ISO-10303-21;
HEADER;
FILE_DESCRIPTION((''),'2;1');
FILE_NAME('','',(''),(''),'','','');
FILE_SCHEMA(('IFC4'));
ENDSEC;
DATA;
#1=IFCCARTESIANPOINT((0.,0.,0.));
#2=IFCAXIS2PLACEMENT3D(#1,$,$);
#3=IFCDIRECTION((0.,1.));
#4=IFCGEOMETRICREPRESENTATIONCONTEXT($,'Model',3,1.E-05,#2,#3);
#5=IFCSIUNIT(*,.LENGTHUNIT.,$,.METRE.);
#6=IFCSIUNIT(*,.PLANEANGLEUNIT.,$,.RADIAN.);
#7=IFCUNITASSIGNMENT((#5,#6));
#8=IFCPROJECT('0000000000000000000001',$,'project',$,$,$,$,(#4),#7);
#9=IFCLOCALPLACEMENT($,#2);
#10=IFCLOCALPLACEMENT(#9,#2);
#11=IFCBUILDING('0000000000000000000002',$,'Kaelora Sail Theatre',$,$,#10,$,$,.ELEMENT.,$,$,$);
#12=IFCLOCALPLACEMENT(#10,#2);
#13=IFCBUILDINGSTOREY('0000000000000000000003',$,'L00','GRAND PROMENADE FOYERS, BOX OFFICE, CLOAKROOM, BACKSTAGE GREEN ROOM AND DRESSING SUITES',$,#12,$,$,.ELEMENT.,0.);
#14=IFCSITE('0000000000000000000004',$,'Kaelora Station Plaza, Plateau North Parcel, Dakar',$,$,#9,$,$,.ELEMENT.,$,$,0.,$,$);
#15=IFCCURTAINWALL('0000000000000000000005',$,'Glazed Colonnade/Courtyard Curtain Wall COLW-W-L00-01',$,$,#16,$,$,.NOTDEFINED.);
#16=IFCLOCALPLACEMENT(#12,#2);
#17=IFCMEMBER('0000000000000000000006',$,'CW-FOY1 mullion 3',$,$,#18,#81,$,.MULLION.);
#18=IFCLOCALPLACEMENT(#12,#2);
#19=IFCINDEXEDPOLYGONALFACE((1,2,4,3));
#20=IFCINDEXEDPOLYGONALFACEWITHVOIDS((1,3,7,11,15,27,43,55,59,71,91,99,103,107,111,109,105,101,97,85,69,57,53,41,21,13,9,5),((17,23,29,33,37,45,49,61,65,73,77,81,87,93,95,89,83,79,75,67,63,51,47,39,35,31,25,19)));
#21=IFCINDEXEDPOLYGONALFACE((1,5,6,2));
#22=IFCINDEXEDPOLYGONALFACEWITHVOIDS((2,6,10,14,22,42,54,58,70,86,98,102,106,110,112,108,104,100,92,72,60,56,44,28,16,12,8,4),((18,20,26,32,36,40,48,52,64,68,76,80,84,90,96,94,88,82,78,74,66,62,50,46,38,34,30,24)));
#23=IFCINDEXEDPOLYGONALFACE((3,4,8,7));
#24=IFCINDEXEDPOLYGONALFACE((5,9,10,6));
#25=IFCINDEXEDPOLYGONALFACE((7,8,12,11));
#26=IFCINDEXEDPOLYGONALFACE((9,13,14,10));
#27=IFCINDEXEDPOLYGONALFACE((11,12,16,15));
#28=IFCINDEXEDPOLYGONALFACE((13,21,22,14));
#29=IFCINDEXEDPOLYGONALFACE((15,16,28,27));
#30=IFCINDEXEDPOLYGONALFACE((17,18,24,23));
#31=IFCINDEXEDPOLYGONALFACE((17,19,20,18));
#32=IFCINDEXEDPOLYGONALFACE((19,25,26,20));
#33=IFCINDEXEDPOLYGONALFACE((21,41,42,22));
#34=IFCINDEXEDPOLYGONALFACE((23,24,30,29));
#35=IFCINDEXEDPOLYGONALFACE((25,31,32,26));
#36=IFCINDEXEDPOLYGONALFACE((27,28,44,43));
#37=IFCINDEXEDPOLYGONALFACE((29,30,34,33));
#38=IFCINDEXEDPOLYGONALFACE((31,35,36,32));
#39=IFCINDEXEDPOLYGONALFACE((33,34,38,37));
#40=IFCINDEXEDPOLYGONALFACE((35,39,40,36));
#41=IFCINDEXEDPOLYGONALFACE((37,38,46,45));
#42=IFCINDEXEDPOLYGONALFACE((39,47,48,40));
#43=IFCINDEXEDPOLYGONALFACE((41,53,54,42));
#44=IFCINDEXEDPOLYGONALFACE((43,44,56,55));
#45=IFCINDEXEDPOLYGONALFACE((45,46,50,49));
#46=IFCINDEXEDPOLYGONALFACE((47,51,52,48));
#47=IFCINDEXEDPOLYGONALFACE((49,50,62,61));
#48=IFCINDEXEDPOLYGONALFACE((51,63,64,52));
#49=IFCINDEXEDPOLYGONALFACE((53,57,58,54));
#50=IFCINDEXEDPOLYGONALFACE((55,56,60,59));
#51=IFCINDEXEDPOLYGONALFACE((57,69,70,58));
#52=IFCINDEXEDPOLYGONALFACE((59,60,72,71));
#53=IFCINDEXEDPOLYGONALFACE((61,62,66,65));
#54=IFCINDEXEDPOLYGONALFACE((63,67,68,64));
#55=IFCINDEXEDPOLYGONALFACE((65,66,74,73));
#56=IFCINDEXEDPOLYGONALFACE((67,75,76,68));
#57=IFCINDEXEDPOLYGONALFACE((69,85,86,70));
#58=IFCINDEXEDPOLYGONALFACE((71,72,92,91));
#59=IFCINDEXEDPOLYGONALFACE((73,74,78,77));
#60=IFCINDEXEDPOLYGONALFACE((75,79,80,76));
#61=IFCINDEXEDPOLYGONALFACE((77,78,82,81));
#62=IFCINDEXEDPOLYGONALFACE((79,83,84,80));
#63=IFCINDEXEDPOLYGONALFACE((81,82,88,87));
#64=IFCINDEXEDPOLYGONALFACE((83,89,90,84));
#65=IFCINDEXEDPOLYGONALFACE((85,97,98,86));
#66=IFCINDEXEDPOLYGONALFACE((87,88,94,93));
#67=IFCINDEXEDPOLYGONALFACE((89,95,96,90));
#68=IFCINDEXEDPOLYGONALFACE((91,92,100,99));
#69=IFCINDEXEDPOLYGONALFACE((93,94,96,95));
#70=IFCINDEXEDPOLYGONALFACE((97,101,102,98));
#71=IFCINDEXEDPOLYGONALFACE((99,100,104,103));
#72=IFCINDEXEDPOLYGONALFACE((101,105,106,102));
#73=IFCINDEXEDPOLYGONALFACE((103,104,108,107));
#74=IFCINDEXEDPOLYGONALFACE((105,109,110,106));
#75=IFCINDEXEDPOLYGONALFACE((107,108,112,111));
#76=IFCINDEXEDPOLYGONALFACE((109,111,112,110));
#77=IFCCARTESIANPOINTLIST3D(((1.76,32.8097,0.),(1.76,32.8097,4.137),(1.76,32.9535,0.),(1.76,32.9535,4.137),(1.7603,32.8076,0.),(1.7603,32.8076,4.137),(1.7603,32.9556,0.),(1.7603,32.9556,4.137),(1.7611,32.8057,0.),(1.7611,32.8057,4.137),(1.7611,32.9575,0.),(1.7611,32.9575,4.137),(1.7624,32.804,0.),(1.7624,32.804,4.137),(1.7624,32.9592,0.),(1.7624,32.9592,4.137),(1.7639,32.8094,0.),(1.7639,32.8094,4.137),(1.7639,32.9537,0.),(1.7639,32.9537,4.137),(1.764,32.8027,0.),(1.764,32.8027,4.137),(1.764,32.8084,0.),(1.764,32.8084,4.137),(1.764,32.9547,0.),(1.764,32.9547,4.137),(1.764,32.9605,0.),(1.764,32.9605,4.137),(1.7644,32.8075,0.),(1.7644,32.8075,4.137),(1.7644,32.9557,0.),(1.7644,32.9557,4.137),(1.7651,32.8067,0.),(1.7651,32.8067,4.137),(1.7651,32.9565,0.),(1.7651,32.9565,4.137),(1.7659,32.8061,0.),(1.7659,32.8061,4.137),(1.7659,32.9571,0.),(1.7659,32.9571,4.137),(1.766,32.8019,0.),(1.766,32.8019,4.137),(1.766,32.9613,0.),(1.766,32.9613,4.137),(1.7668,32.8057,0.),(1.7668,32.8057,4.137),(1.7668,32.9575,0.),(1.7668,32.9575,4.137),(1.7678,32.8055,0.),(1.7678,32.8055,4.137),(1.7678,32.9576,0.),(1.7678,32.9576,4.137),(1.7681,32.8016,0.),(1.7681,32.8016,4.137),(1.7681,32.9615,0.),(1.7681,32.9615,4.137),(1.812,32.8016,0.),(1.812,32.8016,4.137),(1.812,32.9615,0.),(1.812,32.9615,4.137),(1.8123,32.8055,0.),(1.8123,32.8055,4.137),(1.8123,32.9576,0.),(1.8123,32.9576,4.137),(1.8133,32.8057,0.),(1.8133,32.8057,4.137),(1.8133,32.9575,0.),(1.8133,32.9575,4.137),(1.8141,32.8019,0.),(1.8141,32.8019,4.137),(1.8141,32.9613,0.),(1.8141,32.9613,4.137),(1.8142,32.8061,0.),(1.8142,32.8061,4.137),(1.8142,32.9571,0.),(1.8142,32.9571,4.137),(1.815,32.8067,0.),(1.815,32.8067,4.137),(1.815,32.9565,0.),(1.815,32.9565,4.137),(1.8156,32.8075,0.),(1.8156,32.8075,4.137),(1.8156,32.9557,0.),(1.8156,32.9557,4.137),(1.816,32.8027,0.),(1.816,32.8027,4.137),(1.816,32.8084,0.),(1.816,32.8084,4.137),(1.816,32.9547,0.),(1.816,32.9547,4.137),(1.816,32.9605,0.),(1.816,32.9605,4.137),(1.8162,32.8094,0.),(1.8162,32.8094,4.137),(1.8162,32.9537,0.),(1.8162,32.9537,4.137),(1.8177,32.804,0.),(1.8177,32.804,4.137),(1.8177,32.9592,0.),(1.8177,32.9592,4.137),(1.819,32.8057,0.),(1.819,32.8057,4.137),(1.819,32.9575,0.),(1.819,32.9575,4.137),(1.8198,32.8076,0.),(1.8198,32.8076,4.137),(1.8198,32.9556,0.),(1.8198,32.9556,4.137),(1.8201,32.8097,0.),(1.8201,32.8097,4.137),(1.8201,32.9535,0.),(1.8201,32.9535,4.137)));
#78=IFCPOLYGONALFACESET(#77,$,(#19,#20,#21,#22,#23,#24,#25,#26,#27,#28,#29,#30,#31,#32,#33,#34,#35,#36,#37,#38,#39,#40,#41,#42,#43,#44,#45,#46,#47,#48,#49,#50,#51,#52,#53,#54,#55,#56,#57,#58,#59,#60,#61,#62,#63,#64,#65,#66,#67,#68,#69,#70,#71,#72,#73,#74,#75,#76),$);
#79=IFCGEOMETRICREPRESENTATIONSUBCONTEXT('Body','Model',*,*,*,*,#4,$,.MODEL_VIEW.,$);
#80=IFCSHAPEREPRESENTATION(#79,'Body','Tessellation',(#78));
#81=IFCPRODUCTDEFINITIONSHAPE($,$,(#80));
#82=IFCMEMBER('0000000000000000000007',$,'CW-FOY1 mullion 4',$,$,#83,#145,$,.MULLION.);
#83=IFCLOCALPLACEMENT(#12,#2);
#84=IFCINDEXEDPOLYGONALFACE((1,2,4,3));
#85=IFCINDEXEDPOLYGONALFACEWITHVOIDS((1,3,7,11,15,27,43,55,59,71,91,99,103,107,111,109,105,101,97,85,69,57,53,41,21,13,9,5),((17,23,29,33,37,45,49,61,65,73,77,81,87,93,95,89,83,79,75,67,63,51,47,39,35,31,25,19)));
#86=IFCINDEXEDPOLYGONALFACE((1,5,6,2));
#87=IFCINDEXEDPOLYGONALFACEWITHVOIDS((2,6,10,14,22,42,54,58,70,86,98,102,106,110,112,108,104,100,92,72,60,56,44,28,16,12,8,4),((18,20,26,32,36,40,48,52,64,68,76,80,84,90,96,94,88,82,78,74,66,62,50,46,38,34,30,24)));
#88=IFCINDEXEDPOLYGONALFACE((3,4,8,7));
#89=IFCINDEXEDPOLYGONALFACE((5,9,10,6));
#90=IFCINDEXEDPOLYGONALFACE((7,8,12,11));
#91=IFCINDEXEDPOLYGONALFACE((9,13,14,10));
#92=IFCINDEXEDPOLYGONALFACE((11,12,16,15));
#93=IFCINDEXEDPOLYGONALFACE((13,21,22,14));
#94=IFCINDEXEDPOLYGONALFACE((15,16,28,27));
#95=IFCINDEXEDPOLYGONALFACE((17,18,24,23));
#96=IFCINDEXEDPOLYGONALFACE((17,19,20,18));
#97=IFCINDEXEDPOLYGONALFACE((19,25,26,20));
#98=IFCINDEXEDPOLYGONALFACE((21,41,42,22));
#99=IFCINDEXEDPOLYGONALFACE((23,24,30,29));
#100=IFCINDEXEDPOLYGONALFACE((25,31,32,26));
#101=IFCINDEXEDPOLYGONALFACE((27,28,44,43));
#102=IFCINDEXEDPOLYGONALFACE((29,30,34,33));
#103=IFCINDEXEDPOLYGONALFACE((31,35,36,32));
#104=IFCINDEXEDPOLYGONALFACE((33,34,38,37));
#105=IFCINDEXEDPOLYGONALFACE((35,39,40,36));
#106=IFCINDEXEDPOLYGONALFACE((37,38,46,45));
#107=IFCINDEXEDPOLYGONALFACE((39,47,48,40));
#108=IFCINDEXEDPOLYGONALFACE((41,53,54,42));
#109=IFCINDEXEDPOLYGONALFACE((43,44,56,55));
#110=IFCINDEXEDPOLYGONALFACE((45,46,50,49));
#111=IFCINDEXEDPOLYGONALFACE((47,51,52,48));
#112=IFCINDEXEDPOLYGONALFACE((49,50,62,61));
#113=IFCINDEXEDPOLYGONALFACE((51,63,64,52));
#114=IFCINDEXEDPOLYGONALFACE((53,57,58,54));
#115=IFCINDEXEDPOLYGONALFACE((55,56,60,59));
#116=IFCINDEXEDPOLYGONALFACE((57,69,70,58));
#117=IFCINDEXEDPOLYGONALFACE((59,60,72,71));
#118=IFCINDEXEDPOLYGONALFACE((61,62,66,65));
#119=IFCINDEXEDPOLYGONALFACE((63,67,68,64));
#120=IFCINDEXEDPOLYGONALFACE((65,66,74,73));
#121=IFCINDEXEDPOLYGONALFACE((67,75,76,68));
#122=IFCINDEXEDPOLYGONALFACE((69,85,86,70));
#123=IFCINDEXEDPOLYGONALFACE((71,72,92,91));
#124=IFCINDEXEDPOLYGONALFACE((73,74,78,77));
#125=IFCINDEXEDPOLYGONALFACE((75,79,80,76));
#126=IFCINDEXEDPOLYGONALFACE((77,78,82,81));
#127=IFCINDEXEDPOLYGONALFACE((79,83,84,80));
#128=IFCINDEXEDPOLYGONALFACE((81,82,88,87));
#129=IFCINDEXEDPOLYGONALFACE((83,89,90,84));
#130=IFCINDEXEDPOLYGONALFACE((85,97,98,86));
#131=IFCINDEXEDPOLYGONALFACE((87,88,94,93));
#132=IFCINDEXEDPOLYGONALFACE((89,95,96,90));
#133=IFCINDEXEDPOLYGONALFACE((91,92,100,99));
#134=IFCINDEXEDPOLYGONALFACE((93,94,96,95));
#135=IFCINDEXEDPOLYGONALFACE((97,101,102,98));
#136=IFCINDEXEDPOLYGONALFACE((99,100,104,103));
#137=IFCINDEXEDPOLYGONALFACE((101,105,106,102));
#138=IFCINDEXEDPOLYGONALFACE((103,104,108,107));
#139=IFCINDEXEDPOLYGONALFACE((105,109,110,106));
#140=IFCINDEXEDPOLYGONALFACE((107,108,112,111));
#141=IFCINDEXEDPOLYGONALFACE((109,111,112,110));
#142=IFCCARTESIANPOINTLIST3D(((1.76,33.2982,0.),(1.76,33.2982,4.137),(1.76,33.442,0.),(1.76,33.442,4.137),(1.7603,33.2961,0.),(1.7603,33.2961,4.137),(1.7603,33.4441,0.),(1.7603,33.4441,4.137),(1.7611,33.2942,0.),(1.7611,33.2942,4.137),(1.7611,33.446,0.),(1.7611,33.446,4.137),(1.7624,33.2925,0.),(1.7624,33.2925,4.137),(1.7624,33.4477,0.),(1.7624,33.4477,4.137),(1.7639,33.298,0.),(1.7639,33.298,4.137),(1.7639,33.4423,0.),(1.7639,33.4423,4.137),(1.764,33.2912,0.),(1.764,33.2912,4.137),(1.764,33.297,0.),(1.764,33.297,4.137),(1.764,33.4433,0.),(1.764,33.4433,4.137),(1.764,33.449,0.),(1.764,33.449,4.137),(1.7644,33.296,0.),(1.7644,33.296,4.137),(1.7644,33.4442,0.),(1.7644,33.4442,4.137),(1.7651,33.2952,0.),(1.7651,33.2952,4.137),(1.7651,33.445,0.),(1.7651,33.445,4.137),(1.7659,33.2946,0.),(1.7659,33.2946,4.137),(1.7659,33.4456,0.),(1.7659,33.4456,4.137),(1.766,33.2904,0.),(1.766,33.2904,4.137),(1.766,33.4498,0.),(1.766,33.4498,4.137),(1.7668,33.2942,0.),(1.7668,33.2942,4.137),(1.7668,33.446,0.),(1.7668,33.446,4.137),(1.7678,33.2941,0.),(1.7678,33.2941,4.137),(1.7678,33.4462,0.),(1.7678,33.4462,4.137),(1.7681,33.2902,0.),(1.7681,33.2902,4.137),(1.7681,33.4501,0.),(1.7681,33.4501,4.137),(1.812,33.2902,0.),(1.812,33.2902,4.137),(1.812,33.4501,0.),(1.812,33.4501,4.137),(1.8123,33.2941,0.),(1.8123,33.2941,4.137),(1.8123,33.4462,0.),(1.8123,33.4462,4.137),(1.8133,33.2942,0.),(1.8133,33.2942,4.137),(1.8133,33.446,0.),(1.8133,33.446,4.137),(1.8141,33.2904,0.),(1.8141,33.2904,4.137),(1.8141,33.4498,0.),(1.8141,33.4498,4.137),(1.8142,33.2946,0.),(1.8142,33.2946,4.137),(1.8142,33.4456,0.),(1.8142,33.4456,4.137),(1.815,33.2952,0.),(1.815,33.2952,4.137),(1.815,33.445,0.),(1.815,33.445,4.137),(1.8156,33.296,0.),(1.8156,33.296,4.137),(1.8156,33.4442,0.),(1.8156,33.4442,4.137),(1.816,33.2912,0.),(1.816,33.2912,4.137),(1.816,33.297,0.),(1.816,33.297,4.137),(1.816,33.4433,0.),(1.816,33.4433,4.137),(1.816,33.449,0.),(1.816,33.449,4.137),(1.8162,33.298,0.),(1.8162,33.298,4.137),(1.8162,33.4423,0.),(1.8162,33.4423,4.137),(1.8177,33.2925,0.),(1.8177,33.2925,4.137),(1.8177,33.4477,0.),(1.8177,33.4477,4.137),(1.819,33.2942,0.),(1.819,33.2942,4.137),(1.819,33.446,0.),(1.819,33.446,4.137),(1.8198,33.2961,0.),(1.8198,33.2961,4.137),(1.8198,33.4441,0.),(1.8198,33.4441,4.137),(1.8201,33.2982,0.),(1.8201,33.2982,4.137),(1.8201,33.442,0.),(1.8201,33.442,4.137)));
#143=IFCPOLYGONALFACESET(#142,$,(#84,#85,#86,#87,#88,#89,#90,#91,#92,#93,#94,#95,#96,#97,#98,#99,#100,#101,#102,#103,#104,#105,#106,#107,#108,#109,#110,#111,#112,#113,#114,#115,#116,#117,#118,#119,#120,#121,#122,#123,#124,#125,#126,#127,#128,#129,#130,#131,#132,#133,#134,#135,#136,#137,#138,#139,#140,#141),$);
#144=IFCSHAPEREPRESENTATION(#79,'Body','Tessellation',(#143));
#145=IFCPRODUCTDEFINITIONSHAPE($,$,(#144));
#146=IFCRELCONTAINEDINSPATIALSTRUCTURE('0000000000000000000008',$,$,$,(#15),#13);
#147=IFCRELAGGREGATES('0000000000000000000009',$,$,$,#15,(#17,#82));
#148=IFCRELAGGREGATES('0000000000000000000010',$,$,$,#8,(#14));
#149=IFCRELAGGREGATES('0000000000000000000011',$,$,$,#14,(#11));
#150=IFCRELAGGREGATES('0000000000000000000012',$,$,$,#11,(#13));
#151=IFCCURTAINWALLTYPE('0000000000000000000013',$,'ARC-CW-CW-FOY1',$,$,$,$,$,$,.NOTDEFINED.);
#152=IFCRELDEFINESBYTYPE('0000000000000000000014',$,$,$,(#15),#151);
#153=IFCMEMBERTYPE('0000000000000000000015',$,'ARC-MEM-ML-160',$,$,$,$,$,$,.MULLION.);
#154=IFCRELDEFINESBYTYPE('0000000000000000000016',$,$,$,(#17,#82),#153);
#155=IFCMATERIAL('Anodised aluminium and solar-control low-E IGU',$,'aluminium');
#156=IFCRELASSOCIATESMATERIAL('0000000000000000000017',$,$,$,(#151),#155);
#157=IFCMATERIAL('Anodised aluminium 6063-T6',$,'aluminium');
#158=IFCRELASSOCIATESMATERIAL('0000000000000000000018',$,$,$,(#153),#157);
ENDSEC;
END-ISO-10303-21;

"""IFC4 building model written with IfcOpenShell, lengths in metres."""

from ifc_helpers import new_model, si_unit, direction, frame, origin, origin_2d, place, context, subcontext, project, spatial, hollow_rectangle, extrude, material, material_profile, profile_set, type_object, element, aggregate, save


model = new_model("IFC4")

# Units and contexts
model_context = context("Model", 3, precision=1e-05, world=origin(), true_north=direction((0.0, 1.0)))
body_context = subcontext(model_context, "Body", "Model", "MODEL_VIEW")
ifc_project = project(units=[si_unit("LENGTHUNIT", "METRE"), si_unit("PLANEANGLEUNIT", "RADIAN")], contexts=[model_context])

# Site, building, storey
site_placement = place(None, origin())
site = spatial("IfcSite", under=ifc_project, at=site_placement, Name="Kaelora Station Plaza, Plateau North Parcel, Dakar", CompositionType="ELEMENT", RefElevation=0.0)
building_placement = place(site_placement, origin())
building = spatial("IfcBuilding", under=site, at=building_placement, Name="Kaelora Sail Theatre", CompositionType="ELEMENT")
storey_placement = place(building_placement, origin())
storey = spatial("IfcBuildingStorey", under=building, at=storey_placement, Name="L00", Description="GRAND PROMENADE FOYERS, BOX OFFICE, CLOAKROOM, BACKSTAGE GREEN ROOM AND DRESSING SUITES", CompositionType="ELEMENT", Elevation=0.0)

# Curtain wall, members
ifc_material_1 = material(Name="Anodised aluminium and solar-control low-E IGU", Category="aluminium")
curtain_wall_type = type_object("IfcCurtainWallType", Name="ARC-CW-CW-FOY1", PredefinedType="NOTDEFINED", material=ifc_material_1)
curtain_wall_1_placement = place(storey_placement, origin())
curtain_wall_1 = element("IfcCurtainWall", 1, at=curtain_wall_1_placement, inside=storey, type_object=curtain_wall_type, Name="Glazed Colonnade/Courtyard Curtain Wall COLW-W-L00-01", PredefinedType="NOTDEFINED")
ifc_material_2 = material(Name="Anodised aluminium 6063-T6", Category="aluminium")
ifc_material_profile_1 = material_profile(ifc_material_2, hollow_rectangle(XDim=0.0601, YDim=0.1599, WallThickness=0.0039, InnerFilletRadius=0.0039, OuterFilletRadius=0.0081, at=origin_2d()), Name="ALU-MULL 60x160x4")
ifc_profile_set_1 = profile_set([ifc_material_profile_1], Name="Anodised aluminium 6063-T6")
member_type_1 = type_object("IfcMemberType", Name="ARC-MEM-ML-160", PredefinedType="MULLION", material=ifc_profile_set_1)
member_1_placement = place(storey_placement, frame((1.79, 32.8816, 0.0), z_axis=(0.0, 0.0, 1.0), x_axis=(-1.0, 0.0, 0.0)))
member_1 = element("IfcMember", 2, at=member_1_placement, type_object=member_type_1, Name="CW-FOY1 mullion 3", PredefinedType="MULLION", context=body_context, shape_type="SweptSolid", body=[
    extrude(hollow_rectangle(XDim=0.0601, YDim=0.1599, WallThickness=0.0039, InnerFilletRadius=0.0039, OuterFilletRadius=0.0081, at=origin_2d()), origin(), (0.0, 0.0, 1.0), 4.137),
])
member_2_placement = place(storey_placement, frame((1.79, 33.3701, 0.0), z_axis=(0.0, 0.0, 1.0), x_axis=(-1.0, 0.0, 0.0)))
member_2 = element("IfcMember", 3, at=member_2_placement, type_object=member_type_1, Name="CW-FOY1 mullion 4", PredefinedType="MULLION", context=body_context, shape_type="SweptSolid", body=[
    extrude(hollow_rectangle(XDim=0.0601, YDim=0.1599, WallThickness=0.0039, InnerFilletRadius=0.0039, OuterFilletRadius=0.0081, at=origin_2d()), origin(), (0.0, 0.0, 1.0), 4.137),
])

aggregate(curtain_wall_1, [member_1, member_2])

save(model, "model.ifc")
